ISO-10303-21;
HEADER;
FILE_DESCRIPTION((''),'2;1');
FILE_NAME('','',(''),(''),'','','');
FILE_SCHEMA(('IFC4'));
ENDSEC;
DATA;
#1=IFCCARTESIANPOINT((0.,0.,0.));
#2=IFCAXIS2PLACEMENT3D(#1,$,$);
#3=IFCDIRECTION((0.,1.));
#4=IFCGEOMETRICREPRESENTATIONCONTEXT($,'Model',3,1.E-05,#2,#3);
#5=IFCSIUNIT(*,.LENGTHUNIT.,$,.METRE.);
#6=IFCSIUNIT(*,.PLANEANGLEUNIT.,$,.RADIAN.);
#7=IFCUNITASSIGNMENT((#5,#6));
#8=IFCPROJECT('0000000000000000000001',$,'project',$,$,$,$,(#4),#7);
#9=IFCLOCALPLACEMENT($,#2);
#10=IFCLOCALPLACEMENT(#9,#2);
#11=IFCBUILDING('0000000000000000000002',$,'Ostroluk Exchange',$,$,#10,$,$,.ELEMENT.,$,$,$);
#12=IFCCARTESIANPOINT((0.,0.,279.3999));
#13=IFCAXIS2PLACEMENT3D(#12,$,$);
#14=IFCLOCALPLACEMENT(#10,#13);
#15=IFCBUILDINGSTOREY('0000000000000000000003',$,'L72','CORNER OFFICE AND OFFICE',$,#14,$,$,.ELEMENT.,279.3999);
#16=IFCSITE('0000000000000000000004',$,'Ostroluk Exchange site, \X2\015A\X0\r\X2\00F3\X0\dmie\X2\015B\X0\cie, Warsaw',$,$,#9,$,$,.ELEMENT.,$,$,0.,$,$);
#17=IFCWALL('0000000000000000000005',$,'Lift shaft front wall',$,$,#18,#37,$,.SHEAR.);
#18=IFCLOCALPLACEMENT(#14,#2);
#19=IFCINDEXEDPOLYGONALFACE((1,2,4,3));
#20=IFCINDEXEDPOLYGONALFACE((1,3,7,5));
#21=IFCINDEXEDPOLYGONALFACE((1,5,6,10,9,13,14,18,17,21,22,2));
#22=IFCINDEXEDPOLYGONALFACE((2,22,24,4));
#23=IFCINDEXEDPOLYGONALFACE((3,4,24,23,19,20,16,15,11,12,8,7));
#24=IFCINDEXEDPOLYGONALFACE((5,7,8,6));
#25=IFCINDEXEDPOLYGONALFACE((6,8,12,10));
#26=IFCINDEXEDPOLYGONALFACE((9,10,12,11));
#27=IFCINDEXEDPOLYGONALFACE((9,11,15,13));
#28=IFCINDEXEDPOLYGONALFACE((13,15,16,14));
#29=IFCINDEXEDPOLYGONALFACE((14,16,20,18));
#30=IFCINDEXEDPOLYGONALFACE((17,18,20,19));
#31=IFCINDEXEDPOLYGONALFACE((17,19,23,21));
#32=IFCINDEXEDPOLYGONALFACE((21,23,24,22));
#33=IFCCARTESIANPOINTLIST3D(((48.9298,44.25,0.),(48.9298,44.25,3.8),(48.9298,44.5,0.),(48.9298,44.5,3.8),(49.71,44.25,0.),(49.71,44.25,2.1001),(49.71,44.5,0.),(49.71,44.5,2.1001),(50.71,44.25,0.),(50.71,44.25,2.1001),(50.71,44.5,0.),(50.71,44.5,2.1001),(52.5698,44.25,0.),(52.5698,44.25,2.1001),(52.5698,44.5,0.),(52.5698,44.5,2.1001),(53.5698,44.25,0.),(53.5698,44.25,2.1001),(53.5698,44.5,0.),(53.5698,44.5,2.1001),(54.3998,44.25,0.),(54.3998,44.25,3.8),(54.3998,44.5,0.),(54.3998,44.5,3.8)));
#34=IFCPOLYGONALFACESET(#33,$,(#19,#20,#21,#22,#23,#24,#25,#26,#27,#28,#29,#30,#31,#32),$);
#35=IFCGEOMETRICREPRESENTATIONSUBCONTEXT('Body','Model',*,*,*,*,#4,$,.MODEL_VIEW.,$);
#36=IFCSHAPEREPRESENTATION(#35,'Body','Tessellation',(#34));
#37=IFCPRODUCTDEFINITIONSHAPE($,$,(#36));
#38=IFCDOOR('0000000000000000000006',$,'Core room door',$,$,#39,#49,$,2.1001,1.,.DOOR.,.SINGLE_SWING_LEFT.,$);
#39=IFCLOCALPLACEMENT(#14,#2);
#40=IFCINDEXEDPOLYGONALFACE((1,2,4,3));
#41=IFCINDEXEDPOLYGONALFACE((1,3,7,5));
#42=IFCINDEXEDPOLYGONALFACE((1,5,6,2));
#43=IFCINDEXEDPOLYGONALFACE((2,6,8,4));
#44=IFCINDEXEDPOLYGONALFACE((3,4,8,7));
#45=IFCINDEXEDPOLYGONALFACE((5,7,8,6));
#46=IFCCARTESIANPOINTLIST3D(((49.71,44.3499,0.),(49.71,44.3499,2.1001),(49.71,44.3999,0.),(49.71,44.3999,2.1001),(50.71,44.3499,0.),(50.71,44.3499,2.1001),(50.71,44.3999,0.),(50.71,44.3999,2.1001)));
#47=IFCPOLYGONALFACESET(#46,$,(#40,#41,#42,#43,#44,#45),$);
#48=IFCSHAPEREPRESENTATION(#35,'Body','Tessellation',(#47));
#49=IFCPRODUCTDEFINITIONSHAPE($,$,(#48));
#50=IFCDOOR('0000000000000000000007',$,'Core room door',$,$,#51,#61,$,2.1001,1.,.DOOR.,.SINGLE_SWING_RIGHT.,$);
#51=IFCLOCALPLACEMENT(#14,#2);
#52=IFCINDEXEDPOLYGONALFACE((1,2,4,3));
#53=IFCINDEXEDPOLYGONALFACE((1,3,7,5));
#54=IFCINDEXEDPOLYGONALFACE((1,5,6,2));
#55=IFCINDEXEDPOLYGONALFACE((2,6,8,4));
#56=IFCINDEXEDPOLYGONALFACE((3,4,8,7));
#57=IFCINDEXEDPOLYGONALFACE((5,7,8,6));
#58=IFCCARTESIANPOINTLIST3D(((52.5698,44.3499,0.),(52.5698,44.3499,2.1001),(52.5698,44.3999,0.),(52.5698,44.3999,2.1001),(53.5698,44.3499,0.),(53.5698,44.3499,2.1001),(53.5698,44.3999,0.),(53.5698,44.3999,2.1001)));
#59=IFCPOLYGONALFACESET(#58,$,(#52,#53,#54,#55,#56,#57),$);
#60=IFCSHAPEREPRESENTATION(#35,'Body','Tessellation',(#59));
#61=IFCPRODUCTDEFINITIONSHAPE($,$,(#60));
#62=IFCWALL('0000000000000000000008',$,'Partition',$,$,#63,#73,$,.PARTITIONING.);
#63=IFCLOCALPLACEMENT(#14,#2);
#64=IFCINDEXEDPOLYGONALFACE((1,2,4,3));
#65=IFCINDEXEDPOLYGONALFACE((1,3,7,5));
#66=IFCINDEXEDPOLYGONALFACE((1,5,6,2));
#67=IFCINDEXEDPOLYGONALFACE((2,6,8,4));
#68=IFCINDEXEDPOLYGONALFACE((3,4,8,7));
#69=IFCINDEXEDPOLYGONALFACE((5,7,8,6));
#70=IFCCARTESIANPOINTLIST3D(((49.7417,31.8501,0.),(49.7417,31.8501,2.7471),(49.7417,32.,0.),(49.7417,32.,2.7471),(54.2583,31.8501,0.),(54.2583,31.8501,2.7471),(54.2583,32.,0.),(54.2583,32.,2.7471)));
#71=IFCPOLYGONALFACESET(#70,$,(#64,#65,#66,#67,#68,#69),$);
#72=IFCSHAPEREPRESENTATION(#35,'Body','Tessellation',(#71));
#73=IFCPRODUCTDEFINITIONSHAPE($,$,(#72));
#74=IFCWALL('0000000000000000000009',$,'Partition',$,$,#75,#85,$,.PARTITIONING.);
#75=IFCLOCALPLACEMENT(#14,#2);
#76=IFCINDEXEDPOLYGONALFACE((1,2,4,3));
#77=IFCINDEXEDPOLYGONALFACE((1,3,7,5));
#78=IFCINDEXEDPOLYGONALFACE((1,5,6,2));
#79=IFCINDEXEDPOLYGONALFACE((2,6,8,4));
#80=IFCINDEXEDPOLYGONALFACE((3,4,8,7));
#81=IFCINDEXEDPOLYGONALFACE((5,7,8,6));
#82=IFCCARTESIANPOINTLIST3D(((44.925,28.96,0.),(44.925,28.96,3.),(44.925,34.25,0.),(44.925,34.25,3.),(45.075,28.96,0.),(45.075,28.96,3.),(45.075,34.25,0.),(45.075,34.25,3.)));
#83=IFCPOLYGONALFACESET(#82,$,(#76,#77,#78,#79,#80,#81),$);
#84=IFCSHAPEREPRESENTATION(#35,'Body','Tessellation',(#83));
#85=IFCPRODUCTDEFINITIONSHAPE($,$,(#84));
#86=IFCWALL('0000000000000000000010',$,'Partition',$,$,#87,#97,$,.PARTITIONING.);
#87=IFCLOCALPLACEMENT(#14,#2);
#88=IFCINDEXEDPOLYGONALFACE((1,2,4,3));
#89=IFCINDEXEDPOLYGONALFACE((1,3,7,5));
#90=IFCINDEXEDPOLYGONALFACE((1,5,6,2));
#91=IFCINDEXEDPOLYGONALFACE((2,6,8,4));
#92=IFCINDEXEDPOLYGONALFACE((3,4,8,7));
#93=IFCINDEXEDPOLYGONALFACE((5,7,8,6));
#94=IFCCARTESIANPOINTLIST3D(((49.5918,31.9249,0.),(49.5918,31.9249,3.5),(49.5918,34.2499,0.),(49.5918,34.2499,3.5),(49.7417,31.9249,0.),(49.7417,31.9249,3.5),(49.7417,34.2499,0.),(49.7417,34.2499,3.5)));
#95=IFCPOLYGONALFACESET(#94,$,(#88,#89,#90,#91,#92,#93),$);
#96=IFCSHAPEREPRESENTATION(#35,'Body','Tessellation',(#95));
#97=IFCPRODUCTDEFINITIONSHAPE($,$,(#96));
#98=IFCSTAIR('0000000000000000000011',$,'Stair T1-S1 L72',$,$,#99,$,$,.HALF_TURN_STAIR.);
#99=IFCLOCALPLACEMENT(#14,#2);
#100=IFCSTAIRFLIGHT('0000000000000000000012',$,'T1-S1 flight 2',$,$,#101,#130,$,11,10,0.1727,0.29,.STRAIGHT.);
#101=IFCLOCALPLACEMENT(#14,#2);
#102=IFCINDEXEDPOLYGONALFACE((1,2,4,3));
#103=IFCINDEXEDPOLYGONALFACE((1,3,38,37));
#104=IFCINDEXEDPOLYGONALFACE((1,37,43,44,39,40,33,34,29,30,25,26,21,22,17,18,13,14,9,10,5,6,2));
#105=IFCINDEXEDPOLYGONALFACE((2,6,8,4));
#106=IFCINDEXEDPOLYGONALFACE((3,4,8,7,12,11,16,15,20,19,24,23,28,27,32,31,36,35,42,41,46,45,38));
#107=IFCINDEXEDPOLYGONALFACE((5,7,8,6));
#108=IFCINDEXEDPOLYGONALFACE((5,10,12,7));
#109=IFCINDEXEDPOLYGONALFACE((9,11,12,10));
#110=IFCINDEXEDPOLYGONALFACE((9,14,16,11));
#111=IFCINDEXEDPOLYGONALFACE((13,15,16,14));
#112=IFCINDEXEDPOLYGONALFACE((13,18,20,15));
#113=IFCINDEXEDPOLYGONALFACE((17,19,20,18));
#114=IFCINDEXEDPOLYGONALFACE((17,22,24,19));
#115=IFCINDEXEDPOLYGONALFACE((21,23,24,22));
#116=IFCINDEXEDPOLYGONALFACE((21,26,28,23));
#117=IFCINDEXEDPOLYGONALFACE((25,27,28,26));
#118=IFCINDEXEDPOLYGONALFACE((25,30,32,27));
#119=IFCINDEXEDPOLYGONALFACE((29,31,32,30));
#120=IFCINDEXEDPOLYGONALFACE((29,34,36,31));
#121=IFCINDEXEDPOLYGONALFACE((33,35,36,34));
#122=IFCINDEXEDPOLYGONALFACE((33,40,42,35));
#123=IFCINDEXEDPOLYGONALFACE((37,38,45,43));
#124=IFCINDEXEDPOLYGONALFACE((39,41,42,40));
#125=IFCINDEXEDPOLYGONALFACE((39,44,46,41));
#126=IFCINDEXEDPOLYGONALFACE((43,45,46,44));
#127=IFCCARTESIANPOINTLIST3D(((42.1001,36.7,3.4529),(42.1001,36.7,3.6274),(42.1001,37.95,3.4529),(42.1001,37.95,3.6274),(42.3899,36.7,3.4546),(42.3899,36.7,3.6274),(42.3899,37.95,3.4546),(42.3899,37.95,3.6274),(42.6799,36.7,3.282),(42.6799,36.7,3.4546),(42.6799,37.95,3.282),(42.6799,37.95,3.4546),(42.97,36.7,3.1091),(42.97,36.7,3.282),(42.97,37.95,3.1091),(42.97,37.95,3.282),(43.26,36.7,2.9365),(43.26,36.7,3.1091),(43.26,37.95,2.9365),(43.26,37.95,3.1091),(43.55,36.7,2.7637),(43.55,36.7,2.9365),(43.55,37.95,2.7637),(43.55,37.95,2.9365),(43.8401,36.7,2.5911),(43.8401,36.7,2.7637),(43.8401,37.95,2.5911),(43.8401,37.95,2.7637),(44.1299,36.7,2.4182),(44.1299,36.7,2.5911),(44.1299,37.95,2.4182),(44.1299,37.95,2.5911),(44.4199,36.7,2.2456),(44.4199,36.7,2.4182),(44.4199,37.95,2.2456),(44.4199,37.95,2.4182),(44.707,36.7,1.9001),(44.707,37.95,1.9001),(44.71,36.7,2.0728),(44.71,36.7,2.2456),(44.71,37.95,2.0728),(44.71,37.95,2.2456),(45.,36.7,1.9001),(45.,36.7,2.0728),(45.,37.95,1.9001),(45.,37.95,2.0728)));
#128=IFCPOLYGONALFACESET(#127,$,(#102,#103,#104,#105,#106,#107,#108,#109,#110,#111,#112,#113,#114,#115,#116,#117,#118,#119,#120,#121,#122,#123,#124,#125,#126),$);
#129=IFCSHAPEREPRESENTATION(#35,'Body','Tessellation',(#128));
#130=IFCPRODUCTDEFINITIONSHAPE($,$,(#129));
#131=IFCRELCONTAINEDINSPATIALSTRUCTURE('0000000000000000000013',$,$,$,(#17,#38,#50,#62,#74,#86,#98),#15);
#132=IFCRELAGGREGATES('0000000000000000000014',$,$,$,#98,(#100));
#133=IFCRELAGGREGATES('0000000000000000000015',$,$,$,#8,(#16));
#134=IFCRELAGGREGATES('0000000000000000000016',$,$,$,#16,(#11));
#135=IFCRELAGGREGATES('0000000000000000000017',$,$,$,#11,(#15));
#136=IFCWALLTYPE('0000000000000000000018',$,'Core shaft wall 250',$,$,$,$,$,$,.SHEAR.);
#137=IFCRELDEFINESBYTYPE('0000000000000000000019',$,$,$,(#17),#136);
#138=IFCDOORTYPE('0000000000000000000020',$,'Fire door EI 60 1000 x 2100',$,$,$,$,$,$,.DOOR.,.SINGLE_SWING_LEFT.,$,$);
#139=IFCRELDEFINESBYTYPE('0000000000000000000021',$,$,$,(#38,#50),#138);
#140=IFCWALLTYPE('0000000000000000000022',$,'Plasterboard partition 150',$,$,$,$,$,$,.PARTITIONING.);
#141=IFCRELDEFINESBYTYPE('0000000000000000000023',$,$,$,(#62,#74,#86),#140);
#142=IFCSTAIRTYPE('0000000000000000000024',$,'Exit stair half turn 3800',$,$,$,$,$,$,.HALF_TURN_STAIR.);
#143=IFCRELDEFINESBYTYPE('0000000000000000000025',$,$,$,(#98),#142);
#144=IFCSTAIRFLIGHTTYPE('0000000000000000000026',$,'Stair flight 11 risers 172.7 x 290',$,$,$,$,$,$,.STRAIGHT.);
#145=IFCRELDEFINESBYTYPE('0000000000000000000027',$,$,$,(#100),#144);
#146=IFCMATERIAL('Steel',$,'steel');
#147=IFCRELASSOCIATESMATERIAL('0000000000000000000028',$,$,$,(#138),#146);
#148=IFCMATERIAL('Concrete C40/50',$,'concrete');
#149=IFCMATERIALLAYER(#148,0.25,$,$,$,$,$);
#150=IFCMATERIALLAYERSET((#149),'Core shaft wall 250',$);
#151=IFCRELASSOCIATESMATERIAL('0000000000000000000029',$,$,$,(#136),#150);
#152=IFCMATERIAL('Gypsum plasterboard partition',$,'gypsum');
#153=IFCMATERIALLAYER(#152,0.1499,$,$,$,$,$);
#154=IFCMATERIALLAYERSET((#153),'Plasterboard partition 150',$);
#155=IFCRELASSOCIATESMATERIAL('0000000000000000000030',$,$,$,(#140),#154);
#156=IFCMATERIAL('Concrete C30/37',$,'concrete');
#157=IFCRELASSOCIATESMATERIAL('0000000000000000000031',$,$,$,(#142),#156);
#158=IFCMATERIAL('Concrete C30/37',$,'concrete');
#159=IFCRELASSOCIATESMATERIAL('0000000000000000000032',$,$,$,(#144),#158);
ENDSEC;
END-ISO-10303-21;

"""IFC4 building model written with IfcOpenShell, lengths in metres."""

from ifc_helpers import new_model, si_unit, direction, frame, frame_2d, origin, place, context, subcontext, project, spatial, polyline, rectangle, outline, extrude, material, layer, layer_set, type_object, element, fill, aggregate, save


model = new_model("IFC4")

# Units and contexts
model_context = context("Model", 3, precision=1e-05, world=origin(), true_north=direction((0.0, 1.0)))
body_context = subcontext(model_context, "Body", "Model", "MODEL_VIEW")
ifc_project = project(units=[si_unit("LENGTHUNIT", "METRE"), si_unit("PLANEANGLEUNIT", "RADIAN")], contexts=[model_context])

# Site, building, storey
site_placement = place(None, origin())
site = spatial("IfcSite", under=ifc_project, at=site_placement, Name="Ostroluk Exchange site, Śródmieście, Warsaw", CompositionType="ELEMENT", RefElevation=0.0)
building_placement = place(site_placement, origin())
building = spatial("IfcBuilding", under=site, at=building_placement, Name="Ostroluk Exchange", CompositionType="ELEMENT")
storey_placement = place(building_placement, frame((0.0, 0.0, 279.3999)))
storey = spatial("IfcBuildingStorey", under=building, at=storey_placement, Name="L72", Description="CORNER OFFICE AND OFFICE", CompositionType="ELEMENT", Elevation=279.3999)

# Shared definitions
ifc_material_1 = material(Name="Steel", Category="steel")
door_type_1 = type_object("IfcDoorType", Name="Fire door EI 60 1000 x 2100", OperationType="SINGLE_SWING_LEFT", PredefinedType="DOOR", material=ifc_material_1)

# Shared definitions
ifc_material_2 = material(Name="Concrete C40/50", Category="concrete")
ifc_layer_1 = layer(ifc_material_2, 0.25)
ifc_layer_set_1 = layer_set([ifc_layer_1], Name="Core shaft wall 250")
wall_type_1 = type_object("IfcWallType", Name="Core shaft wall 250", PredefinedType="SHEAR", material=ifc_layer_set_1)

# Wall, openings, doors
wall_1_placement = place(storey_placement, frame((48.9299, 44.375, 0.0), z_axis=(0.0, 0.0, 1.0), x_axis=(1.0, 0.0, 0.0)))
wall_1 = element("IfcWall", 1, at=wall_1_placement, inside=storey, type_object=wall_type_1, Name="Lift shaft front wall", PredefinedType="SHEAR", context=body_context, shape_type="SweptSolid", body=[
    extrude(rectangle(XDim=5.47, YDim=0.25, at=frame_2d((2.7349, 0.0))), origin(), (0.0, 0.0, 1.0), 3.8),
])
opening_1_placement = place(wall_1_placement, frame((0.78, 0.0, 0.0)))
opening_1 = element("IfcOpeningElement", 2, at=opening_1_placement, cuts=wall_1, PredefinedType="OPENING", context=body_context, shape_type="SweptSolid", body=[
    extrude(rectangle(XDim=1.0, YDim=2.1001, at=frame_2d((0.5, 1.05))), frame((0.0, 0.135, 0.0), z_axis=(0.0, -1.0, 0.0), x_axis=(1.0, 0.0, 0.0)), (0.0, 0.0, 1.0), 0.27),
])
opening_2_placement = place(wall_1_placement, frame((3.6399, 0.0, 0.0)))
opening_2 = element("IfcOpeningElement", 3, at=opening_2_placement, cuts=wall_1, PredefinedType="OPENING", context=body_context, shape_type="SweptSolid", body=[
    extrude(rectangle(XDim=1.0, YDim=2.1001, at=frame_2d((0.5, 1.05))), frame((0.0, 0.135, 0.0), z_axis=(0.0, -1.0, 0.0), x_axis=(1.0, 0.0, 0.0)), (0.0, 0.0, 1.0), 0.27),
])
door_1_placement = place(opening_1_placement, origin())
door_1 = element("IfcDoor", 4, at=door_1_placement, inside=storey, type_object=door_type_1, Name="Core room door", OperationType="SINGLE_SWING_LEFT", OverallHeight=2.1001, OverallWidth=1.0, PredefinedType="DOOR", context=body_context, shape_type="SweptSolid", body=[
    extrude(rectangle(XDim=1.0, YDim=2.1001, at=frame_2d((0.5, 1.05))), frame((0.0, 0.0249, 0.0), z_axis=(0.0, -1.0, 0.0), x_axis=(1.0, 0.0, 0.0)), (0.0, 0.0, 1.0), 0.05),
])
fill(opening_1, door_1)
door_2_placement = place(opening_2_placement, origin())
door_2 = element("IfcDoor", 5, at=door_2_placement, inside=storey, type_object=door_type_1, Name="Core room door", OperationType="SINGLE_SWING_RIGHT", OverallHeight=2.1001, OverallWidth=1.0, PredefinedType="DOOR", context=body_context, shape_type="SweptSolid", body=[
    extrude(rectangle(XDim=1.0, YDim=2.1001, at=frame_2d((0.5, 1.05))), frame((0.0, 0.0249, 0.0), z_axis=(0.0, -1.0, 0.0), x_axis=(1.0, 0.0, 0.0)), (0.0, 0.0, 1.0), 0.05),
])
fill(opening_2, door_2)

# Walls
ifc_material_3 = material(Name="Gypsum plasterboard partition", Category="gypsum")
ifc_layer_2 = layer(ifc_material_3, 0.1499)
ifc_layer_set_2 = layer_set([ifc_layer_2], Name="Plasterboard partition 150")
wall_type_2 = type_object("IfcWallType", Name="Plasterboard partition 150", PredefinedType="PARTITIONING", material=ifc_layer_set_2)
wall_2_placement = place(storey_placement, frame((49.7417, 31.925, 0.0), z_axis=(0.0, 0.0, 1.0), x_axis=(1.0, 0.0, 0.0)))
element("IfcWall", 6, at=wall_2_placement, inside=storey, type_object=wall_type_2, Name="Partition", PredefinedType="PARTITIONING", context=body_context, shape_type="SweptSolid", body=[
    extrude(rectangle(XDim=4.5166, YDim=0.1499, at=frame_2d((2.2583, 0.0))), origin(), (0.0, 0.0, 1.0), 2.7471),
])
wall_3_placement = place(storey_placement, frame((45.0, 34.25, 0.0), z_axis=(0.0, 0.0, 1.0), x_axis=(0.0, -1.0, 0.0)))
element("IfcWall", 7, at=wall_3_placement, inside=storey, type_object=wall_type_2, Name="Partition", PredefinedType="PARTITIONING", context=body_context, shape_type="SweptSolid", body=[
    extrude(rectangle(XDim=5.29, YDim=0.1499, at=frame_2d((2.645, 0.0))), origin(), (0.0, 0.0, 1.0), 3.0),
])
wall_4_placement = place(storey_placement, frame((49.6667, 34.25, 0.0), z_axis=(0.0, 0.0, 1.0), x_axis=(0.0, -1.0, 0.0)))
element("IfcWall", 8, at=wall_4_placement, inside=storey, type_object=wall_type_2, Name="Partition", PredefinedType="PARTITIONING", context=body_context, shape_type="SweptSolid", body=[
    extrude(rectangle(XDim=2.325, YDim=0.1499, at=frame_2d((1.1626, 0.0))), origin(), (0.0, 0.0, 1.0), 3.5),
])

# Stair, stair flight
ifc_material_4 = material(Name="Concrete C30/37", Category="concrete")
stair_type = type_object("IfcStairType", Name="Exit stair half turn 3800", PredefinedType="HALF_TURN_STAIR", material=ifc_material_4)
stair_placement = place(storey_placement, origin())
stair = element("IfcStair", 9, at=stair_placement, inside=storey, type_object=stair_type, Name="Stair T1-S1 L72", PredefinedType="HALF_TURN_STAIR")
ifc_material_5 = material(Name="Concrete C30/37", Category="concrete")
stair_flight_type = type_object("IfcStairFlightType", Name="Stair flight 11 risers 172.7 x 290", PredefinedType="STRAIGHT", material=ifc_material_5)
stair_flight_placement = place(storey_placement, frame((45.0, 37.325, 1.9001), z_axis=(0.0, 0.0, 1.0), x_axis=(-1.0, 0.0, 0.0)))
stair_flight = element("IfcStairFlight", 10, at=stair_flight_placement, type_object=stair_flight_type, Name="T1-S1 flight 2", NumberOfRisers=11, NumberOfTreads=10, PredefinedType="STRAIGHT", RiserHeight=0.1727, TreadLength=0.29, context=body_context, shape_type="SweptSolid", body=[
    extrude(outline(polyline([(0.0, 0.0), (0.0, 0.1726), (0.29, 0.1726), (0.29, 0.3455), (0.5801, 0.3455), (0.5801, 0.5181), (0.8701, 0.5181), (0.8701, 0.6909), (1.1599, 0.6909), (1.1599, 0.8635), (1.45, 0.8635), (1.45, 1.0364), (1.74, 1.0364), (1.74, 1.209), (2.03, 1.209), (2.03, 1.3818), (2.3201, 1.3818), (2.3201, 1.5544), (2.6101, 1.5544), (2.6101, 1.7273), (2.8999, 1.7273), (2.8999, 1.8999), (2.8999, 1.5527), (0.293, 0.0), (0.0, 0.0)])), frame((0.0, 0.625, 0.0), z_axis=(0.0, -1.0, 0.0), x_axis=(1.0, 0.0, 0.0)), (0.0, 0.0, 1.0), 1.25),
])
aggregate(stair, [stair_flight])

save(model, "model.ifc")
